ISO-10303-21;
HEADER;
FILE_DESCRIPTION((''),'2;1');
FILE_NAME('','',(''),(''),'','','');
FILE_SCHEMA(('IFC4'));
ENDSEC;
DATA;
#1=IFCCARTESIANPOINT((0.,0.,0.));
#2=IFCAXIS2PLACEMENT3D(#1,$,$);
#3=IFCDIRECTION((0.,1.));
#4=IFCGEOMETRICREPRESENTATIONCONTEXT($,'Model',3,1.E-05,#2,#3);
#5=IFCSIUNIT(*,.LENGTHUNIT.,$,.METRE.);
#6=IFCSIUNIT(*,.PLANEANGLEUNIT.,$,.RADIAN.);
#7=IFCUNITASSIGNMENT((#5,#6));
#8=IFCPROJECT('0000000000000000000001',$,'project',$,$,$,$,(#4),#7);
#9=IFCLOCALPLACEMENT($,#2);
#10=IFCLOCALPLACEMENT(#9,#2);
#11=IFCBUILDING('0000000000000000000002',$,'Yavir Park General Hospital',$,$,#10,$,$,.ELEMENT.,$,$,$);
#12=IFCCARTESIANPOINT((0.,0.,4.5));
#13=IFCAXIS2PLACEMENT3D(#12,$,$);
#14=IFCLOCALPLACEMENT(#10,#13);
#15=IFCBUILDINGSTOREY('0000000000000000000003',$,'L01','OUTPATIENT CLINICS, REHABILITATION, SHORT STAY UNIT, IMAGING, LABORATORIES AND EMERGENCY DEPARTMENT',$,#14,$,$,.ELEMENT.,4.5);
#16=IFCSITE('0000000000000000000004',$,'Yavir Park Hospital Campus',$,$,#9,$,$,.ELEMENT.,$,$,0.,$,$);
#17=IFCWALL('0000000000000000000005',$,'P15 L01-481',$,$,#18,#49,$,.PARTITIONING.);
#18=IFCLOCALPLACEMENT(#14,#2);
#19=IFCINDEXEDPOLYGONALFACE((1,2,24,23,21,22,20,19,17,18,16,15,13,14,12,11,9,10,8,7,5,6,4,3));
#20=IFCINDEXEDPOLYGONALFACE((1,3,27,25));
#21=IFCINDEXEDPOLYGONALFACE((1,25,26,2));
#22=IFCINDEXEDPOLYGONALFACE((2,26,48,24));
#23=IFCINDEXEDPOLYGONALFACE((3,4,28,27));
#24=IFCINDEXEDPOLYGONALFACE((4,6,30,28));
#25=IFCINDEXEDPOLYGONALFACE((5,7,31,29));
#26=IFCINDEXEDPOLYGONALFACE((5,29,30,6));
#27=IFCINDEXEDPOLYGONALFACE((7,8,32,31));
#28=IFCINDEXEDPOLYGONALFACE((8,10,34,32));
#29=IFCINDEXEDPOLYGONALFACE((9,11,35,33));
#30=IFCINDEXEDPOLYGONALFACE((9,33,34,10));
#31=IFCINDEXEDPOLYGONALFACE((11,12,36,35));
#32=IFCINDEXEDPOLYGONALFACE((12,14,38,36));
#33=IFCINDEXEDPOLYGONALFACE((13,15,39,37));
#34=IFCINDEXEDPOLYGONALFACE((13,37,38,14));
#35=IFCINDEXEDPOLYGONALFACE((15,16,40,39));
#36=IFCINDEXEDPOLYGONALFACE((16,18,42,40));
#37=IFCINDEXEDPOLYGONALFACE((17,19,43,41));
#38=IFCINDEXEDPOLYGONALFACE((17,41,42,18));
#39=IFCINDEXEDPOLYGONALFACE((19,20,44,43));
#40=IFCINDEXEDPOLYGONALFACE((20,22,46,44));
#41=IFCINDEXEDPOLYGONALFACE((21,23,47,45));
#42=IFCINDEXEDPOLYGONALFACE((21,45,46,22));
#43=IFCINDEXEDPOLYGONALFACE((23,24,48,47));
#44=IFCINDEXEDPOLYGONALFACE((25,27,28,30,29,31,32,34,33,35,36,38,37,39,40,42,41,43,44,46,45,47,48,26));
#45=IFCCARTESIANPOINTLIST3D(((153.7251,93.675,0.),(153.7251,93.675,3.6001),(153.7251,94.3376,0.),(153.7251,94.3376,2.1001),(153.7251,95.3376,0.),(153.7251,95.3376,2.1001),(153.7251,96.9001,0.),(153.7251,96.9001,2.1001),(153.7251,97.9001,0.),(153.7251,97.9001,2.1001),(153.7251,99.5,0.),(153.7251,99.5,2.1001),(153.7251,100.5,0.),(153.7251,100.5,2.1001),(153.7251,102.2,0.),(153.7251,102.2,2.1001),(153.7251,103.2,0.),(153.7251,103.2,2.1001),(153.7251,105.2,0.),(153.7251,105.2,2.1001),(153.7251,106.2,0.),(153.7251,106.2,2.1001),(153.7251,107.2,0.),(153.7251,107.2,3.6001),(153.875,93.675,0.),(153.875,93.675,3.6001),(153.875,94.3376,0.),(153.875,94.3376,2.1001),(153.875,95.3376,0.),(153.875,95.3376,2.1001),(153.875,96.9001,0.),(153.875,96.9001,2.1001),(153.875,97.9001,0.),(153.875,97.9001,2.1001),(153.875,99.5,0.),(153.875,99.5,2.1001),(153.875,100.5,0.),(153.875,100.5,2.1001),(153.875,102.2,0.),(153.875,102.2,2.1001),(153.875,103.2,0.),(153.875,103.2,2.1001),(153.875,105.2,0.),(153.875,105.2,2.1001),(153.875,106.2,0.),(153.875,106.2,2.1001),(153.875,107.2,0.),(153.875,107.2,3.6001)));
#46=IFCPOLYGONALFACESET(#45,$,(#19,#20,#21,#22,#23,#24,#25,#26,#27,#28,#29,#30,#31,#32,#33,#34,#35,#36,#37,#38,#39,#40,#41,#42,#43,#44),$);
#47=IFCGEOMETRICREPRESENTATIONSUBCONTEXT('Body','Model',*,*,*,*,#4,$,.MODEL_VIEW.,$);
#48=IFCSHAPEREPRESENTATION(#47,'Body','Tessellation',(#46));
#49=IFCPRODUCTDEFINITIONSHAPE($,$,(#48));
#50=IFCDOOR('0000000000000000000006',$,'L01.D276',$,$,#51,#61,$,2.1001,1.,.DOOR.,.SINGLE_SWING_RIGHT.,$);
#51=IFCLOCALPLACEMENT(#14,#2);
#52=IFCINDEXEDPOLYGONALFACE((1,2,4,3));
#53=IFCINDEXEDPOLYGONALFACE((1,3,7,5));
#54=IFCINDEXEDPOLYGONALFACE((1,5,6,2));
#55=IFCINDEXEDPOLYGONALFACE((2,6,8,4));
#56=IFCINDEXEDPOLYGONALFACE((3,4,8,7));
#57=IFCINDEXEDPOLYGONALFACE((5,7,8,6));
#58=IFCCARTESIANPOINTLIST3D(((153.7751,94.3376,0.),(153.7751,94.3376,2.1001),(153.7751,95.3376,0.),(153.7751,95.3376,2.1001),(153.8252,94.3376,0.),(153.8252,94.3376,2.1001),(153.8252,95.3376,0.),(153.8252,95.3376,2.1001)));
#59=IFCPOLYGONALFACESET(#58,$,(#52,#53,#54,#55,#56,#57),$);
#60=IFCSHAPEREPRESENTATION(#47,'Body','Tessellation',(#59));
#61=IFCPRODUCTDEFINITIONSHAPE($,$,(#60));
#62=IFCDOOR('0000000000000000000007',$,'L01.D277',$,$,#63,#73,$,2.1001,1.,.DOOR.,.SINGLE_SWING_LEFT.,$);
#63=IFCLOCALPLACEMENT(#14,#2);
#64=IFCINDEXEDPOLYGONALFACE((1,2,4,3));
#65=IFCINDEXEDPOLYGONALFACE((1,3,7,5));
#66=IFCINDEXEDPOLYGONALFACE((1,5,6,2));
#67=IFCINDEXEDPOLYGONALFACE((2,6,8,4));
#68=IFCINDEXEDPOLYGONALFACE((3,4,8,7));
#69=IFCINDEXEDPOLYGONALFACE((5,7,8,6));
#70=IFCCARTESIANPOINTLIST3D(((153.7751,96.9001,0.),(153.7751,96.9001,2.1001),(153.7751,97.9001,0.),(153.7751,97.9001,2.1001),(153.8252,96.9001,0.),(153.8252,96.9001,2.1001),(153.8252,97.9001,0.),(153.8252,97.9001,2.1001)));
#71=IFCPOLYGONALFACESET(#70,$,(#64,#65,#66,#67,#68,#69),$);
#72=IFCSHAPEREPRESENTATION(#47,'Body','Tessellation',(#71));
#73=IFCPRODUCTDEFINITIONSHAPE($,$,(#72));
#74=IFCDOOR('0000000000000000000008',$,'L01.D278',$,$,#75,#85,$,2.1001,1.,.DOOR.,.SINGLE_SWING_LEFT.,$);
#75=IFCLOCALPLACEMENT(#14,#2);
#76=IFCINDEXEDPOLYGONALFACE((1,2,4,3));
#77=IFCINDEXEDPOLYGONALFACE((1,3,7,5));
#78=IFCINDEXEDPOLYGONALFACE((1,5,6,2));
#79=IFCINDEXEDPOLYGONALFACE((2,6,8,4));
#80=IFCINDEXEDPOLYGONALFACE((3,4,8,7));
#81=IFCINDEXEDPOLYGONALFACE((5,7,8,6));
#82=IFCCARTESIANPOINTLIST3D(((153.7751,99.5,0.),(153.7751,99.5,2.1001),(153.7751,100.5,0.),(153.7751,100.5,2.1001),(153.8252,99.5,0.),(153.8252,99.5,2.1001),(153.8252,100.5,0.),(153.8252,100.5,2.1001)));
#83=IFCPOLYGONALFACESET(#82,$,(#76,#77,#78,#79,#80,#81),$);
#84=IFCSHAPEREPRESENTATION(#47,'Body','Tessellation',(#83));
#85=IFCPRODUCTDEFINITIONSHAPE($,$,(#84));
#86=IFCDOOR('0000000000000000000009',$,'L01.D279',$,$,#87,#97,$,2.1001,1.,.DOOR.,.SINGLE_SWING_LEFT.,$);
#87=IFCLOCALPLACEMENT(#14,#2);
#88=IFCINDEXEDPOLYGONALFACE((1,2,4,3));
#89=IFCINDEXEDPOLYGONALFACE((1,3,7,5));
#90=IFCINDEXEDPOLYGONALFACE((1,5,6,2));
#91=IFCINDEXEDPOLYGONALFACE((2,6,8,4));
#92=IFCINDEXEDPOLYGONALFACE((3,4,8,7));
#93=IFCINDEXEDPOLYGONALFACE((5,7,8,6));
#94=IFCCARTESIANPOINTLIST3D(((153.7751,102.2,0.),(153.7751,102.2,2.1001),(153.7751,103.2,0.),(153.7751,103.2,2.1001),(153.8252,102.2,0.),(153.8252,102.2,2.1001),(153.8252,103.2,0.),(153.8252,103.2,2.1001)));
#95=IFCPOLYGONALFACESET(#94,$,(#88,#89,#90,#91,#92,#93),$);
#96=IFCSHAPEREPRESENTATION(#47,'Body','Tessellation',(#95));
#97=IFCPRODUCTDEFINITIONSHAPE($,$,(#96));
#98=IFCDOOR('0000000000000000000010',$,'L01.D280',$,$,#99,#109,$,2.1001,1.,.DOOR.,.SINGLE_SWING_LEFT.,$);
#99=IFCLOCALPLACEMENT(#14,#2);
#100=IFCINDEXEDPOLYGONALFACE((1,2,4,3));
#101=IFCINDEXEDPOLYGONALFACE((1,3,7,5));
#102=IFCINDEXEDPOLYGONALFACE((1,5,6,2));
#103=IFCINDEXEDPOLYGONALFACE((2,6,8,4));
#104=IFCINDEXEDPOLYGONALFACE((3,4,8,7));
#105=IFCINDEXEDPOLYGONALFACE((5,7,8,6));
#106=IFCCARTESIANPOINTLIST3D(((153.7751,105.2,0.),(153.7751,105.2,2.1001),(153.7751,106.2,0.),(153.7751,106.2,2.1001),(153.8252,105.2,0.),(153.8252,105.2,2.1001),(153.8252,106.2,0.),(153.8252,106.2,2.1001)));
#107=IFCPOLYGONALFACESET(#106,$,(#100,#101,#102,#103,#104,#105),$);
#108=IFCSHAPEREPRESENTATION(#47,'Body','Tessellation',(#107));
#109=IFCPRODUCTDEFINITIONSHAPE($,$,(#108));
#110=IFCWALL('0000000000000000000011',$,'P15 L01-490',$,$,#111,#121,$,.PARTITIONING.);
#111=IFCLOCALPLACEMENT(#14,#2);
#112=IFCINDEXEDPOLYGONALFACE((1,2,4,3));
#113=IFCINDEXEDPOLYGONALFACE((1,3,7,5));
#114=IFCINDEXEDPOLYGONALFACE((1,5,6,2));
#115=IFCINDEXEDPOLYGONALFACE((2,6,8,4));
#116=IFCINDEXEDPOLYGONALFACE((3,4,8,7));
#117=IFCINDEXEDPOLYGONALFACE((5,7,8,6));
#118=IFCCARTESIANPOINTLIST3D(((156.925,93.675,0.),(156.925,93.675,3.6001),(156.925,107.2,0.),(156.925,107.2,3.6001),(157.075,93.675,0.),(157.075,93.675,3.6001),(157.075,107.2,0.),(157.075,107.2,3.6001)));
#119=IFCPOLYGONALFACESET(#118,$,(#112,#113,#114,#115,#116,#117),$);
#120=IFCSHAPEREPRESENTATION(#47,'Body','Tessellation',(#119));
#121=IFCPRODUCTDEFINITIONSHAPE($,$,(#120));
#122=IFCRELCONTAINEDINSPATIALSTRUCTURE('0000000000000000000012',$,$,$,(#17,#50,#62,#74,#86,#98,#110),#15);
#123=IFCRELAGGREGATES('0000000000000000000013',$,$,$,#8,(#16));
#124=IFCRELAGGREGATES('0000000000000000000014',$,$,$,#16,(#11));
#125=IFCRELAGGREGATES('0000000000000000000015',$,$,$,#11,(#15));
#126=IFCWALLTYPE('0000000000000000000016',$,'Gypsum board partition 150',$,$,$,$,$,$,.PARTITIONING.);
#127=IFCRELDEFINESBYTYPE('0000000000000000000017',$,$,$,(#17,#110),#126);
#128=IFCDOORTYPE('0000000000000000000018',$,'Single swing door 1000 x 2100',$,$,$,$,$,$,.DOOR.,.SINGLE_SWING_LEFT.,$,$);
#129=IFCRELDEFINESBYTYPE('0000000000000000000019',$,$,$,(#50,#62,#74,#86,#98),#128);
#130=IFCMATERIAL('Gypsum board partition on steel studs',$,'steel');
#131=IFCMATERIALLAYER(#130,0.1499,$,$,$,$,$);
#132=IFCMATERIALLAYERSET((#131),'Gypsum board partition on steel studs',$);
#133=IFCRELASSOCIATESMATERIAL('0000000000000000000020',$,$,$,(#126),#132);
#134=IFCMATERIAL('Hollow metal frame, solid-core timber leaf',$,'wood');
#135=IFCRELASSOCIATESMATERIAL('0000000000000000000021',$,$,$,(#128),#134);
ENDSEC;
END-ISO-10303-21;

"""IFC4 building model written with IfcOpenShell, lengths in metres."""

from ifc_helpers import new_model, si_unit, direction, frame, frame_2d, origin, place, context, subcontext, project, spatial, rectangle, extrude, material, layer, layer_set, type_object, element, fill, save


model = new_model("IFC4")

# Units and contexts
model_context = context("Model", 3, precision=1e-05, world=origin(), true_north=direction((0.0, 1.0)))
body_context = subcontext(model_context, "Body", "Model", "MODEL_VIEW")
ifc_project = project(units=[si_unit("LENGTHUNIT", "METRE"), si_unit("PLANEANGLEUNIT", "RADIAN")], contexts=[model_context])

# Site, building, storey
site_placement = place(None, origin())
site = spatial("IfcSite", under=ifc_project, at=site_placement, Name="Yavir Park Hospital Campus", CompositionType="ELEMENT", RefElevation=0.0)
building_placement = place(site_placement, origin())
building = spatial("IfcBuilding", under=site, at=building_placement, Name="Yavir Park General Hospital", CompositionType="ELEMENT")
storey_placement = place(building_placement, frame((0.0, 0.0, 4.5)))
storey = spatial("IfcBuildingStorey", under=building, at=storey_placement, Name="L01", Description="OUTPATIENT CLINICS, REHABILITATION, SHORT STAY UNIT, IMAGING, LABORATORIES AND EMERGENCY DEPARTMENT", CompositionType="ELEMENT", Elevation=4.5)

# Shared definitions
ifc_material_1 = material(Name="Gypsum board partition on steel studs", Category="steel")
ifc_layer_1 = layer(ifc_material_1, 0.1499)
ifc_layer_set_1 = layer_set([ifc_layer_1], Name="Gypsum board partition on steel studs")
wall_type_1 = type_object("IfcWallType", Name="Gypsum board partition 150", PredefinedType="PARTITIONING", material=ifc_layer_set_1)

# Wall, openings, doors
wall_1_placement = place(storey_placement, frame((153.8, 93.675, 0.0), z_axis=(0.0, 0.0, 1.0), x_axis=(0.0, 1.0, 0.0)))
wall_1 = element("IfcWall", 1, at=wall_1_placement, inside=storey, type_object=wall_type_1, Name="P15 L01-481", PredefinedType="PARTITIONING", context=body_context, shape_type="SweptSolid", body=[
    extrude(rectangle(XDim=13.5249, YDim=0.1499, at=frame_2d((6.7625, 0.0))), origin(), (0.0, 0.0, 1.0), 3.6001),
])
opening_1_placement = place(wall_1_placement, frame((0.6626, 0.0, 0.0)))
opening_1 = element("IfcOpeningElement", 2, at=opening_1_placement, cuts=wall_1, PredefinedType="OPENING", context=body_context, shape_type="SweptSolid", body=[
    extrude(rectangle(XDim=1.0, YDim=2.1001, at=frame_2d((0.5, 1.05))), frame((0.0, 0.085, 0.0), z_axis=(0.0, -1.0, 0.0), x_axis=(1.0, 0.0, 0.0)), (0.0, 0.0, 1.0), 0.1699),
])
opening_2_placement = place(wall_1_placement, frame((3.2251, 0.0, 0.0)))
opening_2 = element("IfcOpeningElement", 3, at=opening_2_placement, cuts=wall_1, PredefinedType="OPENING", context=body_context, shape_type="SweptSolid", body=[
    extrude(rectangle(XDim=1.0, YDim=2.1001, at=frame_2d((0.5, 1.05))), frame((0.0, 0.085, 0.0), z_axis=(0.0, -1.0, 0.0), x_axis=(1.0, 0.0, 0.0)), (0.0, 0.0, 1.0), 0.1699),
])
opening_3_placement = place(wall_1_placement, frame((5.825, 0.0, 0.0)))
opening_3 = element("IfcOpeningElement", 4, at=opening_3_placement, cuts=wall_1, PredefinedType="OPENING", context=body_context, shape_type="SweptSolid", body=[
    extrude(rectangle(XDim=1.0, YDim=2.1001, at=frame_2d((0.5, 1.05))), frame((0.0, 0.085, 0.0), z_axis=(0.0, -1.0, 0.0), x_axis=(1.0, 0.0, 0.0)), (0.0, 0.0, 1.0), 0.1699),
])
opening_4_placement = place(wall_1_placement, frame((8.5249, 0.0, 0.0)))
opening_4 = element("IfcOpeningElement", 5, at=opening_4_placement, cuts=wall_1, PredefinedType="OPENING", context=body_context, shape_type="SweptSolid", body=[
    extrude(rectangle(XDim=1.0, YDim=2.1001, at=frame_2d((0.5, 1.05))), frame((0.0, 0.085, 0.0), z_axis=(0.0, -1.0, 0.0), x_axis=(1.0, 0.0, 0.0)), (0.0, 0.0, 1.0), 0.1699),
])
opening_5_placement = place(wall_1_placement, frame((11.5249, 0.0, 0.0)))
opening_5 = element("IfcOpeningElement", 6, at=opening_5_placement, cuts=wall_1, PredefinedType="OPENING", context=body_context, shape_type="SweptSolid", body=[
    extrude(rectangle(XDim=1.0, YDim=2.1001, at=frame_2d((0.5, 1.05))), frame((0.0, 0.085, 0.0), z_axis=(0.0, -1.0, 0.0), x_axis=(1.0, 0.0, 0.0)), (0.0, 0.0, 1.0), 0.1699),
])
ifc_material_2 = material(Name="Hollow metal frame, solid-core timber leaf", Category="wood")
door_type_1 = type_object("IfcDoorType", Name="Single swing door 1000 x 2100", OperationType="SINGLE_SWING_LEFT", PredefinedType="DOOR", material=ifc_material_2)
door_1_placement = place(opening_1_placement, origin())
door_1 = element("IfcDoor", 7, at=door_1_placement, inside=storey, type_object=door_type_1, Name="L01.D276", OperationType="SINGLE_SWING_RIGHT", OverallHeight=2.1001, OverallWidth=1.0, PredefinedType="DOOR", context=body_context, shape_type="SweptSolid", body=[
    extrude(rectangle(XDim=1.0, YDim=2.1001, at=frame_2d((0.5, 1.05))), frame((0.0, 0.0249, 0.0), z_axis=(0.0, -1.0, 0.0), x_axis=(1.0, 0.0, 0.0)), (0.0, 0.0, 1.0), 0.05),
])
fill(opening_1, door_1)
door_2_placement = place(opening_2_placement, origin())
door_2 = element("IfcDoor", 8, at=door_2_placement, inside=storey, type_object=door_type_1, Name="L01.D277", OperationType="SINGLE_SWING_LEFT", OverallHeight=2.1001, OverallWidth=1.0, PredefinedType="DOOR", context=body_context, shape_type="SweptSolid", body=[
    extrude(rectangle(XDim=1.0, YDim=2.1001, at=frame_2d((0.5, 1.05))), frame((0.0, 0.0249, 0.0), z_axis=(0.0, -1.0, 0.0), x_axis=(1.0, 0.0, 0.0)), (0.0, 0.0, 1.0), 0.05),
])
fill(opening_2, door_2)
door_3_placement = place(opening_3_placement, origin())
door_3 = element("IfcDoor", 9, at=door_3_placement, inside=storey, type_object=door_type_1, Name="L01.D278", OperationType="SINGLE_SWING_LEFT", OverallHeight=2.1001, OverallWidth=1.0, PredefinedType="DOOR", context=body_context, shape_type="SweptSolid", body=[
    extrude(rectangle(XDim=1.0, YDim=2.1001, at=frame_2d((0.5, 1.05))), frame((0.0, 0.0249, 0.0), z_axis=(0.0, -1.0, 0.0), x_axis=(1.0, 0.0, 0.0)), (0.0, 0.0, 1.0), 0.05),
])
fill(opening_3, door_3)
door_4_placement = place(opening_4_placement, origin())
door_4 = element("IfcDoor", 10, at=door_4_placement, inside=storey, type_object=door_type_1, Name="L01.D279", OperationType="SINGLE_SWING_LEFT", OverallHeight=2.1001, OverallWidth=1.0, PredefinedType="DOOR", context=body_context, shape_type="SweptSolid", body=[
    extrude(rectangle(XDim=1.0, YDim=2.1001, at=frame_2d((0.5, 1.05))), frame((0.0, 0.0249, 0.0), z_axis=(0.0, -1.0, 0.0), x_axis=(1.0, 0.0, 0.0)), (0.0, 0.0, 1.0), 0.05),
])
fill(opening_4, door_4)
door_5_placement = place(opening_5_placement, origin())
door_5 = element("IfcDoor", 11, at=door_5_placement, inside=storey, type_object=door_type_1, Name="L01.D280", OperationType="SINGLE_SWING_LEFT", OverallHeight=2.1001, OverallWidth=1.0, PredefinedType="DOOR", context=body_context, shape_type="SweptSolid", body=[
    extrude(rectangle(XDim=1.0, YDim=2.1001, at=frame_2d((0.5, 1.05))), frame((0.0, 0.0249, 0.0), z_axis=(0.0, -1.0, 0.0), x_axis=(1.0, 0.0, 0.0)), (0.0, 0.0, 1.0), 0.05),
])
fill(opening_5, door_5)

# Wall
wall_2_placement = place(storey_placement, frame((157.0, 93.675, 0.0), z_axis=(0.0, 0.0, 1.0), x_axis=(0.0, 1.0, 0.0)))
element("IfcWall", 12, at=wall_2_placement, inside=storey, type_object=wall_type_1, Name="P15 L01-490", PredefinedType="PARTITIONING", context=body_context, shape_type="SweptSolid", body=[
    extrude(rectangle(XDim=13.5249, YDim=0.1499, at=frame_2d((6.7625, 0.0))), origin(), (0.0, 0.0, 1.0), 3.6001),
])

save(model, "model.ifc")
